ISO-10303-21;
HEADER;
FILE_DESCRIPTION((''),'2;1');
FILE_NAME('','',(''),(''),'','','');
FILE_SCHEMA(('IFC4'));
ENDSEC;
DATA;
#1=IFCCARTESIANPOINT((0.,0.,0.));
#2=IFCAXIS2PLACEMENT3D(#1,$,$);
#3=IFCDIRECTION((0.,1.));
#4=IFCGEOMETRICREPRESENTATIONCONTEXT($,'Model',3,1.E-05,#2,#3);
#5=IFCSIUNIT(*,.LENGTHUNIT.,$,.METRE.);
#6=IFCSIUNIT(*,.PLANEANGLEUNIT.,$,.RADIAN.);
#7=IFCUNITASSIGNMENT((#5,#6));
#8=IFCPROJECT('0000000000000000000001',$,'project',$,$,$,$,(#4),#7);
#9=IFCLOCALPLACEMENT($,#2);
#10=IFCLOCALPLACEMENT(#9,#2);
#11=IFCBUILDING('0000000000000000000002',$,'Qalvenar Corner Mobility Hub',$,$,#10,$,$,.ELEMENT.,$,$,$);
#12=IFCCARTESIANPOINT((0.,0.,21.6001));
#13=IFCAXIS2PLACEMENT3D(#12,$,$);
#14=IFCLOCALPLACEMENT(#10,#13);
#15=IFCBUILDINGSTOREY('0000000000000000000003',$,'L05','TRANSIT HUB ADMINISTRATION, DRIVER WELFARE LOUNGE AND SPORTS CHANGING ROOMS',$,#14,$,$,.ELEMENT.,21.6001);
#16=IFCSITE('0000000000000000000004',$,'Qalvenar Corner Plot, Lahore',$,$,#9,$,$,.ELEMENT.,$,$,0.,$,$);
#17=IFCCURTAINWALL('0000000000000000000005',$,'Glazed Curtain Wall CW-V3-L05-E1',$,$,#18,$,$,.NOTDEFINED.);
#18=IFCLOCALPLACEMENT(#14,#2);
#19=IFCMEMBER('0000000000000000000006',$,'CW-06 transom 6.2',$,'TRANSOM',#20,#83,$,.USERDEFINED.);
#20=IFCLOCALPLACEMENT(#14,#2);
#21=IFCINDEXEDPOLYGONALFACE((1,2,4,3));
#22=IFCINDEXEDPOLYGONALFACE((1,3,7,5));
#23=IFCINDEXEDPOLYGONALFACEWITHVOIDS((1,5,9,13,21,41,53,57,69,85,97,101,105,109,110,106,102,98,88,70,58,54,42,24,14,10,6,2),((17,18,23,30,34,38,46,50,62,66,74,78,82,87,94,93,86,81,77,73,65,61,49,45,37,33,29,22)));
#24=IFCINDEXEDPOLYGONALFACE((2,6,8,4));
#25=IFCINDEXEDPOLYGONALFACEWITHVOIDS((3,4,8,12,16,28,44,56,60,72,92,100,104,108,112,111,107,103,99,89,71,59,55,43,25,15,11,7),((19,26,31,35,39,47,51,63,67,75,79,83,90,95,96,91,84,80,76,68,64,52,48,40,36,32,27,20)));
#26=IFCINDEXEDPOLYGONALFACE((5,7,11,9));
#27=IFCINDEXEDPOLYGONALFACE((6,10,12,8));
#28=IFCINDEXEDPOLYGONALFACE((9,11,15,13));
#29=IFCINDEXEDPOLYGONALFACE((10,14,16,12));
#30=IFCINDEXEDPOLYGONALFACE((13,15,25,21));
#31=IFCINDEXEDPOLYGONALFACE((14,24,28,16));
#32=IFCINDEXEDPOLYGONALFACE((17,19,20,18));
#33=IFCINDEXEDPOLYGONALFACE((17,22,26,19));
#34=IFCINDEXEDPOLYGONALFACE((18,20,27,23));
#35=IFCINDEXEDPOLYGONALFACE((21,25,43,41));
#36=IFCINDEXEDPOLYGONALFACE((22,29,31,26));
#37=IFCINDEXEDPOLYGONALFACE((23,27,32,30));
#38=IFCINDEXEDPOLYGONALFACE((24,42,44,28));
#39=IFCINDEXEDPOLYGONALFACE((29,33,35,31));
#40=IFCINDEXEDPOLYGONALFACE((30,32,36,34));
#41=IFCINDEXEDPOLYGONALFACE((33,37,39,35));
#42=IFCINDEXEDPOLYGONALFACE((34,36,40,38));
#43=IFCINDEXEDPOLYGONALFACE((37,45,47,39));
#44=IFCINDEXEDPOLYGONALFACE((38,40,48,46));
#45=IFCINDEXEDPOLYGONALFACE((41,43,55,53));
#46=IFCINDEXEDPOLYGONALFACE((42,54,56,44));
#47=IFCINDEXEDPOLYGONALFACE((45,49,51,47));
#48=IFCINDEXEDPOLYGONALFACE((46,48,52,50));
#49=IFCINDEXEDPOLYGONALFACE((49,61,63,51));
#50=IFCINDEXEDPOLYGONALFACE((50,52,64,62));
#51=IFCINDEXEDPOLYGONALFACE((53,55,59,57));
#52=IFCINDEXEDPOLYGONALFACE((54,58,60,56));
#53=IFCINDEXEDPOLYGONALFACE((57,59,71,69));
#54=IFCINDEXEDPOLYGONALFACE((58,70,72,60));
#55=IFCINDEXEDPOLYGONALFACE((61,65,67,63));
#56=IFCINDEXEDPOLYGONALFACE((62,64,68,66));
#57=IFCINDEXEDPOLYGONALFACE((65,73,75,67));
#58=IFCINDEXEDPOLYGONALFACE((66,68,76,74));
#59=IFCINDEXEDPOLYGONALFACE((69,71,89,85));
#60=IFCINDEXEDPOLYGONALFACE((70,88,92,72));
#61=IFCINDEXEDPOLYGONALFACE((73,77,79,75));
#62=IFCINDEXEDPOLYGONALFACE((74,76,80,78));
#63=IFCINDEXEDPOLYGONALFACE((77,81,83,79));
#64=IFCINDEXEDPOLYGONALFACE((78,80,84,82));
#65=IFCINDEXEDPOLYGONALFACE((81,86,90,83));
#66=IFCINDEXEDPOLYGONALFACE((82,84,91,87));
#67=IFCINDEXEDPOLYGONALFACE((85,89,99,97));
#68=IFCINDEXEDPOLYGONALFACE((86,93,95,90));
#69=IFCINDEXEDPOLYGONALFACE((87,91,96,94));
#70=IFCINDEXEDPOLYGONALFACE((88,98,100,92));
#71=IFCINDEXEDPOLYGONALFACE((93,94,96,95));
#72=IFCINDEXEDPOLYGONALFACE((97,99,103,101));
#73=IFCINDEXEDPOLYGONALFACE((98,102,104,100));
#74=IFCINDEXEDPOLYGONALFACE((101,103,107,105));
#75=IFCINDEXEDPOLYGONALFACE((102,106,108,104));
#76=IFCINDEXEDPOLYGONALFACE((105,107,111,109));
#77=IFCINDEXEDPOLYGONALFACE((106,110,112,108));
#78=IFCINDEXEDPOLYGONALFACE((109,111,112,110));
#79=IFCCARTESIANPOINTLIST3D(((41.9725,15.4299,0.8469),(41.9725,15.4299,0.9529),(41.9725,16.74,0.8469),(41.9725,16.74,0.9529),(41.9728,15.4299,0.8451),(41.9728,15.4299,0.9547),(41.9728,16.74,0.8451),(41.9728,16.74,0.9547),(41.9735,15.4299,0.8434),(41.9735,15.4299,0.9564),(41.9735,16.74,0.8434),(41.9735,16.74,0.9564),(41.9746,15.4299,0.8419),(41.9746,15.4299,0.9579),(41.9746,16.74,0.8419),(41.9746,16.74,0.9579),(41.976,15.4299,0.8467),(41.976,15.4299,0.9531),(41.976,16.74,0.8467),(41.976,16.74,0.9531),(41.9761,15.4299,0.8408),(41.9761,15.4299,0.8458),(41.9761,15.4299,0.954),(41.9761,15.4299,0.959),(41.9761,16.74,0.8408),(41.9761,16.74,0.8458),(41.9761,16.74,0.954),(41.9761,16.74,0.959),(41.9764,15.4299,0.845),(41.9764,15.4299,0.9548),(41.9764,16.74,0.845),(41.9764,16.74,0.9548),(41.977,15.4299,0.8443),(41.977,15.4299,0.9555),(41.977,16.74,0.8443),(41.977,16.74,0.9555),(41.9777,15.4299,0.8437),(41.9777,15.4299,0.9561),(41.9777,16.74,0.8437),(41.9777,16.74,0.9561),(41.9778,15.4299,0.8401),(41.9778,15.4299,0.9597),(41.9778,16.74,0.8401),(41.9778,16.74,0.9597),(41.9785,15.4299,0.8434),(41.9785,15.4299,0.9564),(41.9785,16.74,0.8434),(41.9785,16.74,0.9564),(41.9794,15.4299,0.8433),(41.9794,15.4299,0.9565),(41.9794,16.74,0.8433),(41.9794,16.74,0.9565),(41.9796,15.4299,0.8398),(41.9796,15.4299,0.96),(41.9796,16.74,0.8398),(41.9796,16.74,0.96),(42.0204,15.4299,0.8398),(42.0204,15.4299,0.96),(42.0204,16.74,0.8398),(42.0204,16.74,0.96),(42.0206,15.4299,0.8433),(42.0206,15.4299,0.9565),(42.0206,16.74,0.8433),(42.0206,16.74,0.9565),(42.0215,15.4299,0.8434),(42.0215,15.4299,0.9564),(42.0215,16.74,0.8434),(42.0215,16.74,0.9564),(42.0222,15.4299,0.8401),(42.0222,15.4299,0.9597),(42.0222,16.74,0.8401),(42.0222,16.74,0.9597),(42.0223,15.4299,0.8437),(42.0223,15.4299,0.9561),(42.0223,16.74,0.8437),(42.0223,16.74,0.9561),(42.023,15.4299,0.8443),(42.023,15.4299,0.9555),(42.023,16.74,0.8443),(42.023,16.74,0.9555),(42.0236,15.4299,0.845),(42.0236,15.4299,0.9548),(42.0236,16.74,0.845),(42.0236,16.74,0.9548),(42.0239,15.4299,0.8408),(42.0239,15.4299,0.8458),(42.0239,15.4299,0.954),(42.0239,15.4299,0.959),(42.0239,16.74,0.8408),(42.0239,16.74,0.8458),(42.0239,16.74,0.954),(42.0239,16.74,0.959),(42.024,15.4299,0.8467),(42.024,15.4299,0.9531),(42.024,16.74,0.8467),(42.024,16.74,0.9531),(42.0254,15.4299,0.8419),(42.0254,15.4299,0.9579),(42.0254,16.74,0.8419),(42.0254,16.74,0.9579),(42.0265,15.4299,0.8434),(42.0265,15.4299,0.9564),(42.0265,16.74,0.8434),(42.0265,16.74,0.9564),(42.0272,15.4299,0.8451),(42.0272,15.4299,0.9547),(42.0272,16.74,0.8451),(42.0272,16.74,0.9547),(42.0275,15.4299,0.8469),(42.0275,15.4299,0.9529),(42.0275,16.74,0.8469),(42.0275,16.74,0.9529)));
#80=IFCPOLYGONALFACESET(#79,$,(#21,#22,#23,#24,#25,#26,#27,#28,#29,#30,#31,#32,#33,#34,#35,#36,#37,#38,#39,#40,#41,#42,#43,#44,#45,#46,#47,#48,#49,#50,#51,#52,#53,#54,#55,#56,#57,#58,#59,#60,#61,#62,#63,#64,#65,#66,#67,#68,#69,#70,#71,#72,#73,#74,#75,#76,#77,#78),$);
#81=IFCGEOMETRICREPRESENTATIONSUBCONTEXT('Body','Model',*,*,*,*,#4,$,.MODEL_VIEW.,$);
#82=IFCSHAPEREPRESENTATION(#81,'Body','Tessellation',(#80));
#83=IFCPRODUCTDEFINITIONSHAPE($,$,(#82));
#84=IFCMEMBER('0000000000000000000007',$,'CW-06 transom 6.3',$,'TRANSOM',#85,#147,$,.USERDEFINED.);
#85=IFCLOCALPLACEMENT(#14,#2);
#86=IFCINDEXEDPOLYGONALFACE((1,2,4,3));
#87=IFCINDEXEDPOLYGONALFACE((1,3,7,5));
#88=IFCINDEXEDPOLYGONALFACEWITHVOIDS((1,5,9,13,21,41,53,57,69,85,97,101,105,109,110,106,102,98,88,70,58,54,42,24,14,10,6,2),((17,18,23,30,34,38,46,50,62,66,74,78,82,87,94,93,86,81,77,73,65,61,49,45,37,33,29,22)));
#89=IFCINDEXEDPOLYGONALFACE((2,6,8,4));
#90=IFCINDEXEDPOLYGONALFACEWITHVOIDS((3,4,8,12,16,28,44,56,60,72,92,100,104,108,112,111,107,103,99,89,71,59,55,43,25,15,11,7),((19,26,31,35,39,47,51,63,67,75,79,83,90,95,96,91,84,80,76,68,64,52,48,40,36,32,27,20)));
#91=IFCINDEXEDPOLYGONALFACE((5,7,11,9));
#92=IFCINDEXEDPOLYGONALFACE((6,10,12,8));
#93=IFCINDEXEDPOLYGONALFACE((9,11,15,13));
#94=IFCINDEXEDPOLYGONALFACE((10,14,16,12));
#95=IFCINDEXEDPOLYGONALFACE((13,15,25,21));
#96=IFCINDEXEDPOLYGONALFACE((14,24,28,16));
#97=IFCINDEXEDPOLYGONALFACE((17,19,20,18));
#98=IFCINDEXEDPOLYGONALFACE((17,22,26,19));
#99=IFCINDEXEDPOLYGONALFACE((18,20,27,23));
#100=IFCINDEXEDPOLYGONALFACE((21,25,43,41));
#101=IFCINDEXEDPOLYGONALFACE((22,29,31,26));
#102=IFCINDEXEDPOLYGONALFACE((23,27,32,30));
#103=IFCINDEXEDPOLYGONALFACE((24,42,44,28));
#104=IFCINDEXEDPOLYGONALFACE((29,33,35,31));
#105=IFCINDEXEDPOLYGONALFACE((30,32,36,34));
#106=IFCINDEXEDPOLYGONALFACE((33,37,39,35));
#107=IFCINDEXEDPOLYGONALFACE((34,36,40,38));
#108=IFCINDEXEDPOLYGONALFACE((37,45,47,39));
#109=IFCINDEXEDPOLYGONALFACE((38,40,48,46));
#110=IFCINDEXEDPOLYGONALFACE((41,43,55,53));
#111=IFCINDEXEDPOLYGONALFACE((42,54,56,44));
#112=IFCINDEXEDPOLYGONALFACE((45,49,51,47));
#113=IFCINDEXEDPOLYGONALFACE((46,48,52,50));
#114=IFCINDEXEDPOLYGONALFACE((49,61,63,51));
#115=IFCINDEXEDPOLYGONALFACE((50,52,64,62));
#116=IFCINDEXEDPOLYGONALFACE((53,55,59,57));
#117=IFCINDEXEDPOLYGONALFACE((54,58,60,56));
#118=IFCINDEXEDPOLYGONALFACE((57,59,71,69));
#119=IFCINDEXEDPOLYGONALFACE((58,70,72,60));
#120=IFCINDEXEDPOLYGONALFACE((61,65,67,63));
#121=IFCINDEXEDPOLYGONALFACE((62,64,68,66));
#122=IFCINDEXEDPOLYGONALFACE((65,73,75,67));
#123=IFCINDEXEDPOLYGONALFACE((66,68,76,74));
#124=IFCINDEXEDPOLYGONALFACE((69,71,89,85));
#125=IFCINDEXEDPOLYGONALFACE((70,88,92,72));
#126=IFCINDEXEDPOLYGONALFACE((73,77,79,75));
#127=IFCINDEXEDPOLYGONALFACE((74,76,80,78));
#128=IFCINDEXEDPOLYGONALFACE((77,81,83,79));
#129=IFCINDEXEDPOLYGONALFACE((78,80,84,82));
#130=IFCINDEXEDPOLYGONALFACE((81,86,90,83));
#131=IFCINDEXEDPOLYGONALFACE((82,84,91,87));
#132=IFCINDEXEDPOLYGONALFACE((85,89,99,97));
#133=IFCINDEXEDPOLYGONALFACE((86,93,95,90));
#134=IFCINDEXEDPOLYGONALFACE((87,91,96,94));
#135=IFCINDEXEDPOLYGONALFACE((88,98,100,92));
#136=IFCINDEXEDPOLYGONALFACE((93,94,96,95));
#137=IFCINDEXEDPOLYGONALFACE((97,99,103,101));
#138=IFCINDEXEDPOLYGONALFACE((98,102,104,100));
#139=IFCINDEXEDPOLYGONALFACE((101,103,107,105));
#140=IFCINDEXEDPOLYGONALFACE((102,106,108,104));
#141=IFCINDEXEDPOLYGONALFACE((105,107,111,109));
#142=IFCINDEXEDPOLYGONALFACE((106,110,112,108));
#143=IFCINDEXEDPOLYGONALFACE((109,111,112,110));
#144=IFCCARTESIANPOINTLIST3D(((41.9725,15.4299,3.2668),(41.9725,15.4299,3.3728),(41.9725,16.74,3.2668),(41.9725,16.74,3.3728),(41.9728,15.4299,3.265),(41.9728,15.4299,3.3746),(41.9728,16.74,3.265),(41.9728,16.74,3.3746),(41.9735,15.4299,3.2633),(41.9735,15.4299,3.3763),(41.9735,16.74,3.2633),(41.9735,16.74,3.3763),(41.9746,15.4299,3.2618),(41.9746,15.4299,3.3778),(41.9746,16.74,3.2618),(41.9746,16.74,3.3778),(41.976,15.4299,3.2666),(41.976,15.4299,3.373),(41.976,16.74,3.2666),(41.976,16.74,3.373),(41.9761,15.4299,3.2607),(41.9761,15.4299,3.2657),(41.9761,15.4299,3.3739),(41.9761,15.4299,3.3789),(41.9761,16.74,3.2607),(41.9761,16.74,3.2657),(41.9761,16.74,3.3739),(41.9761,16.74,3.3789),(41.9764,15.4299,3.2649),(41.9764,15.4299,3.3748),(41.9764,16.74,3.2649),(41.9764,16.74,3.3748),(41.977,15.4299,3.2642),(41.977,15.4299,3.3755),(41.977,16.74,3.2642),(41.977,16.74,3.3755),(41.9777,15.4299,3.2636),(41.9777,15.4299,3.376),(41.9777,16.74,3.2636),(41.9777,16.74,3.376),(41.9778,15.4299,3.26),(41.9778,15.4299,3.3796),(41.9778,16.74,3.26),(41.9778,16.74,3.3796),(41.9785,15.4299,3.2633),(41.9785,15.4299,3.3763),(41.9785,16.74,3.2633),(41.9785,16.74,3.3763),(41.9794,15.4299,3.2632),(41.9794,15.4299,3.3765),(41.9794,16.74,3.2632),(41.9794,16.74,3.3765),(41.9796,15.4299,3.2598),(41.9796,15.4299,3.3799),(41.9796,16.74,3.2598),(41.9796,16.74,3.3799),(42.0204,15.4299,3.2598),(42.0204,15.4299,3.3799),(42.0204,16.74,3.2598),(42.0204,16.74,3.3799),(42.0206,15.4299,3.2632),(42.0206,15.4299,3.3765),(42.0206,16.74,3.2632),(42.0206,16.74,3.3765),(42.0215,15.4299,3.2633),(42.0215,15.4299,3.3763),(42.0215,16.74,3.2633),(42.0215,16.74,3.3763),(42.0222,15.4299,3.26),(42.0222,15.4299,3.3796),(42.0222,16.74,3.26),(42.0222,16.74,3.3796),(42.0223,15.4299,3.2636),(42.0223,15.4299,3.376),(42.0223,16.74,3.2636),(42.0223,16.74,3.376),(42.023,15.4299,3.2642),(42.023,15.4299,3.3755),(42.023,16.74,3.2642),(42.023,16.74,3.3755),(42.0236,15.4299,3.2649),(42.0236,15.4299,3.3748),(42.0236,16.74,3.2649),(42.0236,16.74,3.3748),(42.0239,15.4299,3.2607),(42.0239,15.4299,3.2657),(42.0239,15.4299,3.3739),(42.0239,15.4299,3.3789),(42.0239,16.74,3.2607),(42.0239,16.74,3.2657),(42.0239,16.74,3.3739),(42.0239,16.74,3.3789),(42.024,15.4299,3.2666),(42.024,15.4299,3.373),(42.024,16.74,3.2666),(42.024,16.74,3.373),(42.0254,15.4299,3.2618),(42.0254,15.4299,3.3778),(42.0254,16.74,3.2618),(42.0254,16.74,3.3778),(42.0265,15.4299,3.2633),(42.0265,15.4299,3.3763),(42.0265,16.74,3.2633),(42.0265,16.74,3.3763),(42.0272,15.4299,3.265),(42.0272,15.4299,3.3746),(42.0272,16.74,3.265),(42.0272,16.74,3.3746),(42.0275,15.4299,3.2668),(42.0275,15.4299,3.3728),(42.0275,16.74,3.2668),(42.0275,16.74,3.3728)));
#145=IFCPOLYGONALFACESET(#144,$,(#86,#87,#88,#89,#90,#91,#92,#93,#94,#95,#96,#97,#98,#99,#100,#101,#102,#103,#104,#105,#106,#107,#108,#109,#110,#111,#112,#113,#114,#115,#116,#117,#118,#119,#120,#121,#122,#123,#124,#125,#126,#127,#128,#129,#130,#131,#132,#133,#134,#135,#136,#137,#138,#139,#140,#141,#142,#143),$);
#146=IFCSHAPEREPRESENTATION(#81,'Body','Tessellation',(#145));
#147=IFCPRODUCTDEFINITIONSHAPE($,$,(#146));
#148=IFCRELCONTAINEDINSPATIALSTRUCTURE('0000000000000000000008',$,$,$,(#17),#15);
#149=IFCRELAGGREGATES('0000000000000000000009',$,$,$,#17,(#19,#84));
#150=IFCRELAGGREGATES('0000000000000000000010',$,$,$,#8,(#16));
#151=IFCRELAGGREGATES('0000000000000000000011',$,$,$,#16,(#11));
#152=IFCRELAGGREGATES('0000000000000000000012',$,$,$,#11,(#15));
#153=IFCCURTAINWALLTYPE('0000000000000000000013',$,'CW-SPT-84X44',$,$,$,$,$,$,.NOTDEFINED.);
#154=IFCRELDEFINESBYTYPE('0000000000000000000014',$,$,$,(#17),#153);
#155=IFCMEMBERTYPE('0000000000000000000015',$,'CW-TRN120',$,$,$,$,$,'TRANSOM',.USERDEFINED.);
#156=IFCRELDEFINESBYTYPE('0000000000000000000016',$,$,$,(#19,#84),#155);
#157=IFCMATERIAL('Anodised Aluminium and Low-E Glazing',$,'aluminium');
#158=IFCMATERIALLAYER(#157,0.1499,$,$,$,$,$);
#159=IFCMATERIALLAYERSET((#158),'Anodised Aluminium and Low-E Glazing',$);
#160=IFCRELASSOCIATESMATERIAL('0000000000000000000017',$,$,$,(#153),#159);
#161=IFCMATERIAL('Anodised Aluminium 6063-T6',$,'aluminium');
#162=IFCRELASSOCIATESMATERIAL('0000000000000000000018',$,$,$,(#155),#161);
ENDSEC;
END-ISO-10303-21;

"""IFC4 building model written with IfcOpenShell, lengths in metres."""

from ifc_helpers import new_model, si_unit, direction, frame, origin, origin_2d, place, context, subcontext, project, spatial, hollow_rectangle, extrude, material, layer, layer_set, material_profile, profile_set, type_object, element, aggregate, save


model = new_model("IFC4")

# Units and contexts
model_context = context("Model", 3, precision=1e-05, world=origin(), true_north=direction((0.0, 1.0)))
body_context = subcontext(model_context, "Body", "Model", "MODEL_VIEW")
ifc_project = project(units=[si_unit("LENGTHUNIT", "METRE"), si_unit("PLANEANGLEUNIT", "RADIAN")], contexts=[model_context])

# Site, building, storey
site_placement = place(None, origin())
site = spatial("IfcSite", under=ifc_project, at=site_placement, Name="Qalvenar Corner Plot, Lahore", CompositionType="ELEMENT", RefElevation=0.0)
building_placement = place(site_placement, origin())
building = spatial("IfcBuilding", under=site, at=building_placement, Name="Qalvenar Corner Mobility Hub", CompositionType="ELEMENT")
storey_placement = place(building_placement, frame((0.0, 0.0, 21.6001)))
storey = spatial("IfcBuildingStorey", under=building, at=storey_placement, Name="L05", Description="TRANSIT HUB ADMINISTRATION, DRIVER WELFARE LOUNGE AND SPORTS CHANGING ROOMS", CompositionType="ELEMENT", Elevation=21.6001)

# Curtain wall, members
ifc_material_1 = material(Name="Anodised Aluminium and Low-E Glazing", Category="aluminium")
ifc_layer_1 = layer(ifc_material_1, 0.1499)
ifc_layer_set_1 = layer_set([ifc_layer_1], Name="Anodised Aluminium and Low-E Glazing")
curtain_wall_type = type_object("IfcCurtainWallType", Name="CW-SPT-84X44", PredefinedType="NOTDEFINED", material=ifc_layer_set_1)
curtain_wall_placement = place(storey_placement, origin())
curtain_wall = element("IfcCurtainWall", 1, at=curtain_wall_placement, inside=storey, type_object=curtain_wall_type, Name="Glazed Curtain Wall CW-V3-L05-E1", PredefinedType="NOTDEFINED")
ifc_material_2 = material(Name="Anodised Aluminium 6063-T6", Category="aluminium")
ifc_material_profile_1 = material_profile(ifc_material_2, hollow_rectangle(XDim=0.0549, YDim=0.1201, WallThickness=0.0034, InnerFilletRadius=0.0034, OuterFilletRadius=0.0071, at=origin_2d()), Name="RHS120x55x3.5")
ifc_profile_set_1 = profile_set([ifc_material_profile_1], Name="Anodised Aluminium 6063-T6")
member_type_1 = type_object("IfcMemberType", Name="CW-TRN120", ElementType="TRANSOM", PredefinedType="USERDEFINED", material=ifc_profile_set_1)
member_1_placement = place(storey_placement, frame((42.0, 15.4299, 0.8999), z_axis=(0.0, 1.0, 0.0), x_axis=(-1.0, 0.0, 0.0)))
member_1 = element("IfcMember", 2, at=member_1_placement, type_object=member_type_1, Name="CW-06 transom 6.2", ObjectType="TRANSOM", PredefinedType="USERDEFINED", context=body_context, shape_type="SweptSolid", body=[
    extrude(hollow_rectangle(XDim=0.0549, YDim=0.1201, WallThickness=0.0034, InnerFilletRadius=0.0034, OuterFilletRadius=0.0071, at=origin_2d()), origin(), (0.0, 0.0, 1.0), 1.3101),
])
member_2_placement = place(storey_placement, frame((42.0, 15.4299, 3.3198), z_axis=(0.0, 1.0, 0.0), x_axis=(-1.0, 0.0, 0.0)))
member_2 = element("IfcMember", 3, at=member_2_placement, type_object=member_type_1, Name="CW-06 transom 6.3", ObjectType="TRANSOM", PredefinedType="USERDEFINED", context=body_context, shape_type="SweptSolid", body=[
    extrude(hollow_rectangle(XDim=0.0549, YDim=0.1201, WallThickness=0.0034, InnerFilletRadius=0.0034, OuterFilletRadius=0.0071, at=origin_2d()), origin(), (0.0, 0.0, 1.0), 1.3101),
])
aggregate(curtain_wall, [member_1, member_2])

save(model, "model.ifc")
